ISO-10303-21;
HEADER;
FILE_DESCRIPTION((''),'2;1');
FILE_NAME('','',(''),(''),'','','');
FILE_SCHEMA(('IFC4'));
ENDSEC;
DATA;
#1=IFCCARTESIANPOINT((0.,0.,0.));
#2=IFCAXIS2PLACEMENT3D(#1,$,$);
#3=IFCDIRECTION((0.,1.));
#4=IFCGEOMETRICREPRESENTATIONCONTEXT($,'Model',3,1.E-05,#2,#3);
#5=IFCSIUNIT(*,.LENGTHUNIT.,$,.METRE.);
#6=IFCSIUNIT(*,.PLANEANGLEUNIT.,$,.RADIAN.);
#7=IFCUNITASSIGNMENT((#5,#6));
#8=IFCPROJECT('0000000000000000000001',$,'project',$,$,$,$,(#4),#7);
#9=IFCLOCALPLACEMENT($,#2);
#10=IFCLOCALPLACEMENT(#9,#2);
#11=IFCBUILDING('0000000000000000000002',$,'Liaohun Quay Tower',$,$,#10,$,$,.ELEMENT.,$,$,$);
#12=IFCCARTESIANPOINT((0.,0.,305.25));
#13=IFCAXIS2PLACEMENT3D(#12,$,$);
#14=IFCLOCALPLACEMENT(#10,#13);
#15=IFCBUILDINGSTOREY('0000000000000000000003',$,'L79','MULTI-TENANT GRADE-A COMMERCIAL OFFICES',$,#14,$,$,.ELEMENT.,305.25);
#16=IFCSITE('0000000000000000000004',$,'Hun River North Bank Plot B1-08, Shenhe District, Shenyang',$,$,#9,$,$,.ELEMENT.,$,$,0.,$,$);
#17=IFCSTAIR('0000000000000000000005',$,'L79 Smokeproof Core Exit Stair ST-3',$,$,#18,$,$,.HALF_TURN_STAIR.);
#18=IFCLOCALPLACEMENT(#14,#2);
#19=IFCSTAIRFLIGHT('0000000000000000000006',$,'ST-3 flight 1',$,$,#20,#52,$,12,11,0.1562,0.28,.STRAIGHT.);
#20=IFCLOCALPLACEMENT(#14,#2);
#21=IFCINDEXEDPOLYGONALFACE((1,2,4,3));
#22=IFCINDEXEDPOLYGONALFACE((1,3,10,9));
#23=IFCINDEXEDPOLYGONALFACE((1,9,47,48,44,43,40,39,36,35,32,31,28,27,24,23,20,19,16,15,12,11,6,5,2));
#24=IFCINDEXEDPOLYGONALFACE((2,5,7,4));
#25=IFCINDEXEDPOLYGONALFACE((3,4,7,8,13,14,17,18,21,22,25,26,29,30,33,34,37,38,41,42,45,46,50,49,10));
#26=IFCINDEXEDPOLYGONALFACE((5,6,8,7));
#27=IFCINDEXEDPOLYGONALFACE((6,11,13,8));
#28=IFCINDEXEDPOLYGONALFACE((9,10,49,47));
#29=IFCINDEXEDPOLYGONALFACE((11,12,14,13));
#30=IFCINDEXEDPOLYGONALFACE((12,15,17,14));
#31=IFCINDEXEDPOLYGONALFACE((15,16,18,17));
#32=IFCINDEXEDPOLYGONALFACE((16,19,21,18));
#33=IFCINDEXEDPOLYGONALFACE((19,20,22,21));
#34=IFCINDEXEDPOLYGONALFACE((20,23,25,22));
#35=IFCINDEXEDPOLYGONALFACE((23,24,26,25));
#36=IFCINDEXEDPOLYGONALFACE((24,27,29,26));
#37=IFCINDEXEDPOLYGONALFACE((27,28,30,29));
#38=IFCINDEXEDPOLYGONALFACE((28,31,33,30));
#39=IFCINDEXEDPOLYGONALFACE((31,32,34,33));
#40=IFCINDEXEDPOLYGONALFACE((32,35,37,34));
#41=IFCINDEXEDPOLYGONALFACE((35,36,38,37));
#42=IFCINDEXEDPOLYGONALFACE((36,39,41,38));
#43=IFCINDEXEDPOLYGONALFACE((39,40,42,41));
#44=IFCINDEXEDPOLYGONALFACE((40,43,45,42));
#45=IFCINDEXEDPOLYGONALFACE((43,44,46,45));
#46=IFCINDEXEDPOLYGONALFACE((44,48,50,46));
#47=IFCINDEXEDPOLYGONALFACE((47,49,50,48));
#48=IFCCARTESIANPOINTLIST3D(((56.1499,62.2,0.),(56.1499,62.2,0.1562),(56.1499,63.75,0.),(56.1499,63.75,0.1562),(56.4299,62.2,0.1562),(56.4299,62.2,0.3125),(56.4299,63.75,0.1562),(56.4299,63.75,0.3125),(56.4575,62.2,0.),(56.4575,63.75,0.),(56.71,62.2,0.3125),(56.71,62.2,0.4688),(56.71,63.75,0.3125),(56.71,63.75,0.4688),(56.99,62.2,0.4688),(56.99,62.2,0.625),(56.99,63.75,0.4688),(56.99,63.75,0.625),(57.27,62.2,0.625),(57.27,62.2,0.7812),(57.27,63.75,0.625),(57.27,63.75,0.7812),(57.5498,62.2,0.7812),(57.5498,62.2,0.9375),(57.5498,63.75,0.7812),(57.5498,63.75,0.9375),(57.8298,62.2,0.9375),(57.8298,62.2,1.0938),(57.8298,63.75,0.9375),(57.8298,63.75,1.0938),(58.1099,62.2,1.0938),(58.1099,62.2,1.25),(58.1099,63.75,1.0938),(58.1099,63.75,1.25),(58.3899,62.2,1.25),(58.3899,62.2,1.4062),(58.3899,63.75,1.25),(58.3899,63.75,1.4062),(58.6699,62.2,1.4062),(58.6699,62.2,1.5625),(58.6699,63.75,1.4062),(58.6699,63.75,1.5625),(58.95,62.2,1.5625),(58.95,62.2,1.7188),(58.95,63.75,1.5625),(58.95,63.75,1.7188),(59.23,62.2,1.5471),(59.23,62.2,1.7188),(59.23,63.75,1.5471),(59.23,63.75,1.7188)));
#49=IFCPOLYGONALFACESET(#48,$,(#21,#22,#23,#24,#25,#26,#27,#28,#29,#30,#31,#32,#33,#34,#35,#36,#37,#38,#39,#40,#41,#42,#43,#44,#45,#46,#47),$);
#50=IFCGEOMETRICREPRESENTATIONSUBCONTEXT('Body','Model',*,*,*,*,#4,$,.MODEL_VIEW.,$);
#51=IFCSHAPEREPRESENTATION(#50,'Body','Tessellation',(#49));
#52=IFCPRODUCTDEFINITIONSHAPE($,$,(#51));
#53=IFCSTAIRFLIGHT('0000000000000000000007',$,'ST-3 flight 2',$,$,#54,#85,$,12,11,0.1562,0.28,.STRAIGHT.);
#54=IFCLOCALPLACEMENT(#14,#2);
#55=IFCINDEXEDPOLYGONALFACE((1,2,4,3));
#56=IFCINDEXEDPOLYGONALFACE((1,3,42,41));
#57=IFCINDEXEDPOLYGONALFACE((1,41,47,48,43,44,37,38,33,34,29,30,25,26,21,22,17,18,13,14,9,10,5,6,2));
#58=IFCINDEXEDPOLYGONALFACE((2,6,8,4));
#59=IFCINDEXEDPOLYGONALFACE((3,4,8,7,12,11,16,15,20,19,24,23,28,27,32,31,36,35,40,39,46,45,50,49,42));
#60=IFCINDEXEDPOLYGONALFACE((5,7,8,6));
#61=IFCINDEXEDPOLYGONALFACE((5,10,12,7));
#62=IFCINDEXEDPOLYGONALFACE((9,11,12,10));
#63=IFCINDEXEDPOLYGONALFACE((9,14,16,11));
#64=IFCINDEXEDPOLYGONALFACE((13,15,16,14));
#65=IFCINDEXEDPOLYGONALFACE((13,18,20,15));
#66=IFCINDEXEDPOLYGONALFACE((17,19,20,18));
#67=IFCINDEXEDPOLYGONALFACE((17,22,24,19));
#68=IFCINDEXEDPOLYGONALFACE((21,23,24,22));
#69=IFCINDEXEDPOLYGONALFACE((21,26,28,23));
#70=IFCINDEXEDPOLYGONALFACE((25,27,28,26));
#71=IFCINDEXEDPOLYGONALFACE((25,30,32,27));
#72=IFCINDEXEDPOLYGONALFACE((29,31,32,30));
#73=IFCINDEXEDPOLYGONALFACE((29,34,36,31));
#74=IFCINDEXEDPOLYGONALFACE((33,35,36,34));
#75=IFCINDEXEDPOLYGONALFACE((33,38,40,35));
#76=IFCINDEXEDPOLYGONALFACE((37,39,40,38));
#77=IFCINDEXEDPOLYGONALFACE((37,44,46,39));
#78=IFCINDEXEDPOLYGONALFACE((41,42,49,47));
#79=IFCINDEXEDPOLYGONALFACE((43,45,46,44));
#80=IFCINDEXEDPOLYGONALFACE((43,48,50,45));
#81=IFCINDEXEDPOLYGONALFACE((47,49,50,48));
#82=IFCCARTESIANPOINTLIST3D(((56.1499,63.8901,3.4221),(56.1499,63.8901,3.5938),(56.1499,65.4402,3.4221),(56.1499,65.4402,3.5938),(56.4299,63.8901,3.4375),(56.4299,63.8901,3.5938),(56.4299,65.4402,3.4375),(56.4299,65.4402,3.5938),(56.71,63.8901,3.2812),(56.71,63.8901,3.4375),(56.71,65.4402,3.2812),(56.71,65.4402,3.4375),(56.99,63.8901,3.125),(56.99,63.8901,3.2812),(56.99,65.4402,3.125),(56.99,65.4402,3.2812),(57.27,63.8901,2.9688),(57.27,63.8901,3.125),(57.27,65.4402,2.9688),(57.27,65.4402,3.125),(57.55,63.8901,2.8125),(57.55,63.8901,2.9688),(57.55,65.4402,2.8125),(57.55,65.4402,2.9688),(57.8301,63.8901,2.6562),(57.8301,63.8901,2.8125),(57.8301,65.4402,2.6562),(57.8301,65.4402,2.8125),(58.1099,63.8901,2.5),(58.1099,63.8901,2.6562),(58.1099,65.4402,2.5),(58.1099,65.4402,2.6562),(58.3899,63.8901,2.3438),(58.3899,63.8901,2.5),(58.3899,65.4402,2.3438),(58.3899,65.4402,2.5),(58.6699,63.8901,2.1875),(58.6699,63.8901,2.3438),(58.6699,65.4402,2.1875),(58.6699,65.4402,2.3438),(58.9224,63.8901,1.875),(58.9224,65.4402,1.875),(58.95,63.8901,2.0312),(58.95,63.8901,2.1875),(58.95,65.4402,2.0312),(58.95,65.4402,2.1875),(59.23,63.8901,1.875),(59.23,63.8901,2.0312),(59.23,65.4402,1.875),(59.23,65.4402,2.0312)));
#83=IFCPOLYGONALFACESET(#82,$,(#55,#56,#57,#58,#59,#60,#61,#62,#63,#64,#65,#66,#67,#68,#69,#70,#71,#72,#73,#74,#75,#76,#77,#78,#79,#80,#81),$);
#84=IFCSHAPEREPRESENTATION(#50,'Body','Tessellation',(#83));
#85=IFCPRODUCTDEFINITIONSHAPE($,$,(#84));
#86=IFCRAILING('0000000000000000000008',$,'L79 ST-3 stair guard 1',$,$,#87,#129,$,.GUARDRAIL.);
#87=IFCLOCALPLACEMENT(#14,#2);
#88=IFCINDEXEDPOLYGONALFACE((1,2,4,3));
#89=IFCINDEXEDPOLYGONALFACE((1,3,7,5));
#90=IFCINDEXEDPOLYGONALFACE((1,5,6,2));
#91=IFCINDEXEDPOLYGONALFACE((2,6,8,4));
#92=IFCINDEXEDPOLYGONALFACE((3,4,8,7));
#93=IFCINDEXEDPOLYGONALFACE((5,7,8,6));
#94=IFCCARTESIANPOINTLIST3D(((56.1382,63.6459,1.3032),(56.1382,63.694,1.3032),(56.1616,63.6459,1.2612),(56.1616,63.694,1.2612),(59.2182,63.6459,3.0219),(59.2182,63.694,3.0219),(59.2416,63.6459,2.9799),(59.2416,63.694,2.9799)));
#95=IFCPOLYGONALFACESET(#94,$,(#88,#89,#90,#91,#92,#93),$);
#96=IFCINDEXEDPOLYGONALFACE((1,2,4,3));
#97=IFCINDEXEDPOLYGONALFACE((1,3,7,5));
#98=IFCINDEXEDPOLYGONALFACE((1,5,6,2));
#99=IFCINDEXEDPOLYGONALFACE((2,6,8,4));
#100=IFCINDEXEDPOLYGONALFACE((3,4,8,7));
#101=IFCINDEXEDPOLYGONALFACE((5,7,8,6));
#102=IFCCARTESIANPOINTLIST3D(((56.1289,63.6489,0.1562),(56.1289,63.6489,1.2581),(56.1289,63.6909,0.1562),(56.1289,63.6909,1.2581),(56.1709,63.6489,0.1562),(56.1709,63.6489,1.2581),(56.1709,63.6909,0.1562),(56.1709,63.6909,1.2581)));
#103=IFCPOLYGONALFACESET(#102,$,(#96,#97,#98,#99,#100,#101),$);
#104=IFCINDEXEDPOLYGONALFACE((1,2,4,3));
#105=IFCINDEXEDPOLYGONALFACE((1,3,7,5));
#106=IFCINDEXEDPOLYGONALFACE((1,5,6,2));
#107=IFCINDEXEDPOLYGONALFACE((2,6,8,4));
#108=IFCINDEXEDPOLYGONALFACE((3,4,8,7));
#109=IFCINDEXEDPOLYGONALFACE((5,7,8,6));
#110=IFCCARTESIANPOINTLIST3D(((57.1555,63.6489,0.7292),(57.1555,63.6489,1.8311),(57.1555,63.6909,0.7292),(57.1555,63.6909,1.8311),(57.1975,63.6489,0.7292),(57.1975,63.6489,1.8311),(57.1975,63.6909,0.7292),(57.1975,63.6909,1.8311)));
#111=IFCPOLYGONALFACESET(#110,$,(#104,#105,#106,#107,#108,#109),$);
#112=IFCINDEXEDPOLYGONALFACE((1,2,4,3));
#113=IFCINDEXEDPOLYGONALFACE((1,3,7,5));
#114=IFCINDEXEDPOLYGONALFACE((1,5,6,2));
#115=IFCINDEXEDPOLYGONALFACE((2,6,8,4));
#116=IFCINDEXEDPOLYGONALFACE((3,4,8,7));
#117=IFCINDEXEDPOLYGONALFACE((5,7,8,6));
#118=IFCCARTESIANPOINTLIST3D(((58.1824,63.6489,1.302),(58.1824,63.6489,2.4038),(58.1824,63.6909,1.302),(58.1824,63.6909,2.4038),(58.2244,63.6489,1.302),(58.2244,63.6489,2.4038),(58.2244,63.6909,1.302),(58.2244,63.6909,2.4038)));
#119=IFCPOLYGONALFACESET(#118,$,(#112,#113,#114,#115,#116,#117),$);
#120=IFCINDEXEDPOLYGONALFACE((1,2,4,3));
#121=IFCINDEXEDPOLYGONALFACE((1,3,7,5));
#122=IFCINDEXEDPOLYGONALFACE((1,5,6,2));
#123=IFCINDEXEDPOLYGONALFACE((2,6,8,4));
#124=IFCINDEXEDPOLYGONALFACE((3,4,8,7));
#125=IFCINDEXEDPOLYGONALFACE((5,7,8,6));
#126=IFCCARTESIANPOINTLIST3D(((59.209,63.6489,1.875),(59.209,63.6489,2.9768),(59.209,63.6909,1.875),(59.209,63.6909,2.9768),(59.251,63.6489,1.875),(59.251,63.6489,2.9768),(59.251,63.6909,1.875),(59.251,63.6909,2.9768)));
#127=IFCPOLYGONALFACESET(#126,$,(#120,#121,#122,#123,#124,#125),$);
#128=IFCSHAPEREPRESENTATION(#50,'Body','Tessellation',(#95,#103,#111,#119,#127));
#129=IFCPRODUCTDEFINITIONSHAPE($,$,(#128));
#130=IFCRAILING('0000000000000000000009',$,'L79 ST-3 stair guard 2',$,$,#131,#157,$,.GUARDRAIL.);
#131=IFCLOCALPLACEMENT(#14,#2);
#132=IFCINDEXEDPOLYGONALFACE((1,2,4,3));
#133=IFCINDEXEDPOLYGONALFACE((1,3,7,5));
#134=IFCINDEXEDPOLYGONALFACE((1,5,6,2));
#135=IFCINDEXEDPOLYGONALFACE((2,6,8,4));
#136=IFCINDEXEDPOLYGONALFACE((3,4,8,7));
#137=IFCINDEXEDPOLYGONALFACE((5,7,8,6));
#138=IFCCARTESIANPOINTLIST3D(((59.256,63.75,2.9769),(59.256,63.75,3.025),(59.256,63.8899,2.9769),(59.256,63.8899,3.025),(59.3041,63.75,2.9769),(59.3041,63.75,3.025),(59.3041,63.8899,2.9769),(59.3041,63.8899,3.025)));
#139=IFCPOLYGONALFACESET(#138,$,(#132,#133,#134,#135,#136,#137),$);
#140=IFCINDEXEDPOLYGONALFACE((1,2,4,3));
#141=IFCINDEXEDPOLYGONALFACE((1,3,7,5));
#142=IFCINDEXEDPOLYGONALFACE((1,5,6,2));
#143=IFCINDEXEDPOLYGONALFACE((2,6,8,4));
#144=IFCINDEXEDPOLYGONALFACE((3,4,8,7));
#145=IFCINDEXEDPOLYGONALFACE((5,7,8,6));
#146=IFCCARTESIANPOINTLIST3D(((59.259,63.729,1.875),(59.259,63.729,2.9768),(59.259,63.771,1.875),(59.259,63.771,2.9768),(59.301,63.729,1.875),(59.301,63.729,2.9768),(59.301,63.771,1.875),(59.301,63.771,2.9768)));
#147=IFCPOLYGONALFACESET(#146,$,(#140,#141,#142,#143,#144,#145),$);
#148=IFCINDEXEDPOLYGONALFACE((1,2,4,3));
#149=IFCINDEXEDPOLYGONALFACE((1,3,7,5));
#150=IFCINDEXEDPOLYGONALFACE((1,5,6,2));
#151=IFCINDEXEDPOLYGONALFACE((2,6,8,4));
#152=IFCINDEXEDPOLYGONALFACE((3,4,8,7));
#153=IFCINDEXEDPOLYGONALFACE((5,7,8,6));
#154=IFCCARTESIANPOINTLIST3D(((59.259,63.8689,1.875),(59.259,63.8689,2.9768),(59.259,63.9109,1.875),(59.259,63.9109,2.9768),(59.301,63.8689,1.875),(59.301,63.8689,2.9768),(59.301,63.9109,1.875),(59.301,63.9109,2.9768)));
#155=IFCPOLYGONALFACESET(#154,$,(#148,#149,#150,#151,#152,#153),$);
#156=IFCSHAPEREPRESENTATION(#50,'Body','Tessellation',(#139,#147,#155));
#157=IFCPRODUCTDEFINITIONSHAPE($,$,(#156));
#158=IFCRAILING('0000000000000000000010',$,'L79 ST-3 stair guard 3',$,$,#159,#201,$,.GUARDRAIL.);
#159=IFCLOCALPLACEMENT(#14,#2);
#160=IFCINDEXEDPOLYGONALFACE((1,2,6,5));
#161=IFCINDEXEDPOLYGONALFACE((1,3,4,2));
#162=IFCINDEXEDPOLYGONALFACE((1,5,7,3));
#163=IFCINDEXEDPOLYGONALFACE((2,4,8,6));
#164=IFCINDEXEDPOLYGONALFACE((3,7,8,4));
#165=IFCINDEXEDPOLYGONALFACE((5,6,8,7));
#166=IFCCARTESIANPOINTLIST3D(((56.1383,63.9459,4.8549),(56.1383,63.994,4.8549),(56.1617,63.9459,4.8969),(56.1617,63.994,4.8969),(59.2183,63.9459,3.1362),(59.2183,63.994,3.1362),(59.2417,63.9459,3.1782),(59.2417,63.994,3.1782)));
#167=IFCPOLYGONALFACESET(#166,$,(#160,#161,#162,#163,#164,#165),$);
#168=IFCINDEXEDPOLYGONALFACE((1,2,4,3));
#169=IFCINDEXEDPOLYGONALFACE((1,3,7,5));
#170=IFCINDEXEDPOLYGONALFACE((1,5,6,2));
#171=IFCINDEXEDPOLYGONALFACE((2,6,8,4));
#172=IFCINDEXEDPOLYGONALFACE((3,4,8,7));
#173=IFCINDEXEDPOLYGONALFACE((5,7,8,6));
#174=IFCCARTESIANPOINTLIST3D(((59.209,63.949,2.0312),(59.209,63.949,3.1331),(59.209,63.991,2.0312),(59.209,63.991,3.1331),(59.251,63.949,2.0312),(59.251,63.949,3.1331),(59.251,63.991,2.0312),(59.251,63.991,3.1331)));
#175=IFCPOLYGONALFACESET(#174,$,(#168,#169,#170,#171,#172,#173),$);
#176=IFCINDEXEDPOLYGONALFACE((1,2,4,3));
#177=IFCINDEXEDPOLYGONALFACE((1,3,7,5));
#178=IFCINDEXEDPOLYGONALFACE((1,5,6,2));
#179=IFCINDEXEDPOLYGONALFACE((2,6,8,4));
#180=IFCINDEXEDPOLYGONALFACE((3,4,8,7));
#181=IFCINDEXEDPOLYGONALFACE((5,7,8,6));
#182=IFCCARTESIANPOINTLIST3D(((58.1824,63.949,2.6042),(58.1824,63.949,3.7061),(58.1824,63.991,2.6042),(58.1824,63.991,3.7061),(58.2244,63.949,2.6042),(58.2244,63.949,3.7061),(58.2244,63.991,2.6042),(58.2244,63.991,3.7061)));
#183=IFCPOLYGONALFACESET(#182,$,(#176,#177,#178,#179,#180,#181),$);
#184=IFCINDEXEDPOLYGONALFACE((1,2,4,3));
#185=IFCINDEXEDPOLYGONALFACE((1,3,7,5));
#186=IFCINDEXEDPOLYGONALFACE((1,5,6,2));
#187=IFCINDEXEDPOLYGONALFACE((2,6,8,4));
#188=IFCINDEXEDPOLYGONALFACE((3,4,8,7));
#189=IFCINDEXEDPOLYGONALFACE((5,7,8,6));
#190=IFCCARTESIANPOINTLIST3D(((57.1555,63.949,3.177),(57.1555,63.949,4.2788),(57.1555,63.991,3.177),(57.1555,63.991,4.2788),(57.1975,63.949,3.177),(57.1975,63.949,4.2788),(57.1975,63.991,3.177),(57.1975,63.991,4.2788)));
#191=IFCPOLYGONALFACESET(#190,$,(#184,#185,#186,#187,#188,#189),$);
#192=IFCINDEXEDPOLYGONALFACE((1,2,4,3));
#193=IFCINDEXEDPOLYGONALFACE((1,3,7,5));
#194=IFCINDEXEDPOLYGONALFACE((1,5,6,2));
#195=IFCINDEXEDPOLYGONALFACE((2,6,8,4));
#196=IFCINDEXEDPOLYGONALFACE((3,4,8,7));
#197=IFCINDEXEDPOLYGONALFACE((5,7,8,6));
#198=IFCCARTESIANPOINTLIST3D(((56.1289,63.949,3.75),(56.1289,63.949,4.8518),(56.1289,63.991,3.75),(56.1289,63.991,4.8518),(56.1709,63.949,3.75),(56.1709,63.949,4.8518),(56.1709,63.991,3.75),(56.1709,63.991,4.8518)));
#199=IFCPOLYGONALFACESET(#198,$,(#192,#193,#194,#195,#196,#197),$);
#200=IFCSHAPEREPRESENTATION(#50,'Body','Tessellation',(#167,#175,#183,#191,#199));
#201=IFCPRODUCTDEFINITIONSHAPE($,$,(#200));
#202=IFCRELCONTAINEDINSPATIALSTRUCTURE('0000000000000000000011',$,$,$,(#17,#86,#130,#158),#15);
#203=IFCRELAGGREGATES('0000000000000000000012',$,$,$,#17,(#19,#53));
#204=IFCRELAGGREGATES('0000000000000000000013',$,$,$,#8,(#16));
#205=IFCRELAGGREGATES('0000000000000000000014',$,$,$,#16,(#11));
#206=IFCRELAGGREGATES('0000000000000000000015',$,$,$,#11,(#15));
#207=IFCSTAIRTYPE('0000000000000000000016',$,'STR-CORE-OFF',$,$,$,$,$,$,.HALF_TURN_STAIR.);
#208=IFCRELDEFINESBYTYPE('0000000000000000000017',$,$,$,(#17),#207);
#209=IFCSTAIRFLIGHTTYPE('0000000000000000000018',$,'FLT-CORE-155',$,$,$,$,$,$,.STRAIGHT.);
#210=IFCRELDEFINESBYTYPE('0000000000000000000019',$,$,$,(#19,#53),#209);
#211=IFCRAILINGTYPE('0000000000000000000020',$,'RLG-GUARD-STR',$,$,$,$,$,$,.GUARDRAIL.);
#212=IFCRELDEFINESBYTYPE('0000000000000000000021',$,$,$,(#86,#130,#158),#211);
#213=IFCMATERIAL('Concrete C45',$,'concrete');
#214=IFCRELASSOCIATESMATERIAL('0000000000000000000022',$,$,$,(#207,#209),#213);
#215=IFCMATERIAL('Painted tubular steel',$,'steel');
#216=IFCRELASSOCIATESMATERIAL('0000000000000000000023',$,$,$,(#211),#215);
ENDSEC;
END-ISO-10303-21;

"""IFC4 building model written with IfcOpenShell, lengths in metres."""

from ifc_helpers import new_model, si_unit, direction, frame, origin, origin_2d, place, context, subcontext, project, spatial, polyline, rectangle, outline, extrude, material, type_object, element, aggregate, save


model = new_model("IFC4")

# Units and contexts
model_context = context("Model", 3, precision=1e-05, world=origin(), true_north=direction((0.0, 1.0)))
body_context = subcontext(model_context, "Body", "Model", "MODEL_VIEW")
ifc_project = project(units=[si_unit("LENGTHUNIT", "METRE"), si_unit("PLANEANGLEUNIT", "RADIAN")], contexts=[model_context])

# Site, building, storey
site_placement = place(None, origin())
site = spatial("IfcSite", under=ifc_project, at=site_placement, Name="Hun River North Bank Plot B1-08, Shenhe District, Shenyang", CompositionType="ELEMENT", RefElevation=0.0)
building_placement = place(site_placement, origin())
building = spatial("IfcBuilding", under=site, at=building_placement, Name="Liaohun Quay Tower", CompositionType="ELEMENT")
storey_placement = place(building_placement, frame((0.0, 0.0, 305.25)))
storey = spatial("IfcBuildingStorey", under=building, at=storey_placement, Name="L79", Description="MULTI-TENANT GRADE-A COMMERCIAL OFFICES", CompositionType="ELEMENT", Elevation=305.25)

# Stair, stair flights
ifc_material_1 = material(Name="Concrete C45", Category="concrete")
stair_type = type_object("IfcStairType", Name="STR-CORE-OFF", PredefinedType="HALF_TURN_STAIR", material=ifc_material_1)
stair_placement = place(storey_placement, origin())
stair = element("IfcStair", 1, at=stair_placement, inside=storey, type_object=stair_type, Name="L79 Smokeproof Core Exit Stair ST-3", PredefinedType="HALF_TURN_STAIR")
stair_flight_type = type_object("IfcStairFlightType", Name="FLT-CORE-155", PredefinedType="STRAIGHT", material=ifc_material_1)
stair_flight_1_placement = place(storey_placement, frame((56.1499, 62.9751, 0.0), z_axis=(0.0, 0.0, 1.0), x_axis=(1.0, 0.0, 0.0)))
stair_flight_1 = element("IfcStairFlight", 2, at=stair_flight_1_placement, type_object=stair_flight_type, Name="ST-3 flight 1", NumberOfRisers=12, NumberOfTreads=11, PredefinedType="STRAIGHT", RiserHeight=0.1562, TreadLength=0.28, context=body_context, shape_type="SweptSolid", body=[
    extrude(outline(polyline([(0.0, 0.0), (0.0, 0.1562), (0.28, 0.1562), (0.28, 0.3125), (0.5601, 0.3125), (0.5601, 0.4688), (0.8401, 0.4688), (0.8401, 0.625), (1.1201, 0.625), (1.1201, 0.7812), (1.3999, 0.7812), (1.3999, 0.9375), (1.6799, 0.9375), (1.6799, 1.0938), (1.96, 1.0938), (1.96, 1.25), (2.24, 1.25), (2.24, 1.4062), (2.52, 1.4062), (2.52, 1.5625), (2.8, 1.5625), (2.8, 1.7188), (3.0801, 1.7188), (3.0801, 1.875), (3.0801, 1.5471), (0.3076, 0.0), (0.0, 0.0)])), frame((0.0, 0.7749, 0.0), z_axis=(0.0, -1.0, 0.0), x_axis=(1.0, 0.0, 0.0)), (0.0, 0.0, 1.0), 1.55),
])
stair_flight_2_placement = place(storey_placement, frame((59.23, 64.665, 1.875), z_axis=(0.0, 0.0, 1.0), x_axis=(-1.0, 0.0, 0.0)))
stair_flight_2 = element("IfcStairFlight", 3, at=stair_flight_2_placement, type_object=stair_flight_type, Name="ST-3 flight 2", NumberOfRisers=12, NumberOfTreads=11, PredefinedType="STRAIGHT", RiserHeight=0.1562, TreadLength=0.28, context=body_context, shape_type="SweptSolid", body=[
    extrude(outline(polyline([(0.0, 0.0), (0.0, 0.1562), (0.28, 0.1562), (0.28, 0.3125), (0.5601, 0.3125), (0.5601, 0.4688), (0.8401, 0.4688), (0.8401, 0.625), (1.1201, 0.625), (1.1201, 0.7812), (1.3999, 0.7812), (1.3999, 0.9375), (1.6799, 0.9375), (1.6799, 1.0938), (1.96, 1.0938), (1.96, 1.25), (2.24, 1.25), (2.24, 1.4062), (2.52, 1.4062), (2.52, 1.5625), (2.8, 1.5625), (2.8, 1.7188), (3.0801, 1.7188), (3.0801, 1.875), (3.0801, 1.5471), (0.3076, 0.0), (0.0, 0.0)])), frame((0.0, 0.7749, 0.0), z_axis=(0.0, -1.0, 0.0), x_axis=(1.0, 0.0, 0.0)), (0.0, 0.0, 1.0), 1.55),
])
aggregate(stair, [stair_flight_1, stair_flight_2])

# Railings
ifc_material_2 = material(Name="Painted tubular steel", Category="steel")
railing_type_1 = type_object("IfcRailingType", Name="RLG-GUARD-STR", PredefinedType="GUARDRAIL", material=ifc_material_2)
railing_1_placement = place(storey_placement, frame((56.1499, 63.6699, 0.1562)))
element("IfcRailing", 4, at=railing_1_placement, inside=storey, type_object=railing_type_1, Name="L79 ST-3 stair guard 1", PredefinedType="GUARDRAIL", context=body_context, shape_type="SweptSolid", body=[
    extrude(rectangle(XDim=0.0481, YDim=0.0481, at=origin_2d()), frame((0.0, 0.0, 1.126), z_axis=(0.873242, 0.0, 0.487288), x_axis=(0.0, 1.0, 0.0)), (0.0, 0.0, 1.0), 3.5271),
    extrude(rectangle(XDim=0.042, YDim=0.042, at=origin_2d()), origin(), (0.0, 0.0, 1.0), 1.1018),
    extrude(rectangle(XDim=0.042, YDim=0.042, at=origin_2d()), frame((1.0266, 0.0, 0.573)), (0.0, 0.0, 1.0), 1.1018),
    extrude(rectangle(XDim=0.042, YDim=0.042, at=origin_2d()), frame((2.0535, 0.0, 1.1458)), (0.0, 0.0, 1.0), 1.1018),
    extrude(rectangle(XDim=0.042, YDim=0.042, at=origin_2d()), frame((3.0801, 0.0, 1.7188)), (0.0, 0.0, 1.0), 1.1018),
])
railing_2_placement = place(storey_placement, frame((59.28, 63.75, 1.875)))
element("IfcRailing", 5, at=railing_2_placement, inside=storey, type_object=railing_type_1, Name="L79 ST-3 stair guard 2", PredefinedType="GUARDRAIL", context=body_context, shape_type="SweptSolid", body=[
    extrude(rectangle(XDim=0.0481, YDim=0.0481, at=origin_2d()), frame((0.0, 0.0, 1.126), z_axis=(0.0, 1.0, 0.0), x_axis=(-1.0, 0.0, 0.0)), (0.0, 0.0, 1.0), 0.1399),
    extrude(rectangle(XDim=0.042, YDim=0.042, at=origin_2d()), origin(), (0.0, 0.0, 1.0), 1.1018),
    extrude(rectangle(XDim=0.042, YDim=0.042, at=origin_2d()), frame((0.0, 0.1399, 0.0)), (0.0, 0.0, 1.0), 1.1018),
])
railing_3_placement = place(storey_placement, frame((59.23, 63.97, 2.0312)))
element("IfcRailing", 6, at=railing_3_placement, inside=storey, type_object=railing_type_1, Name="L79 ST-3 stair guard 3", PredefinedType="GUARDRAIL", context=body_context, shape_type="SweptSolid", body=[
    extrude(rectangle(XDim=0.0481, YDim=0.0481, at=origin_2d()), frame((0.0, 0.0, 1.126), z_axis=(-0.873242, 0.0, 0.487288), x_axis=(0.0, -1.0, 0.0)), (0.0, 0.0, 1.0), 3.5271),
    extrude(rectangle(XDim=0.042, YDim=0.042, at=origin_2d()), origin(), (0.0, 0.0, 1.0), 1.1018),
    extrude(rectangle(XDim=0.042, YDim=0.042, at=origin_2d()), frame((-1.0266, 0.0, 0.573)), (0.0, 0.0, 1.0), 1.1018),
    extrude(rectangle(XDim=0.042, YDim=0.042, at=origin_2d()), frame((-2.0535, 0.0, 1.1458)), (0.0, 0.0, 1.0), 1.1018),
    extrude(rectangle(XDim=0.042, YDim=0.042, at=origin_2d()), frame((-3.0801, 0.0, 1.7188)), (0.0, 0.0, 1.0), 1.1018),
])

save(model, "model.ifc")
